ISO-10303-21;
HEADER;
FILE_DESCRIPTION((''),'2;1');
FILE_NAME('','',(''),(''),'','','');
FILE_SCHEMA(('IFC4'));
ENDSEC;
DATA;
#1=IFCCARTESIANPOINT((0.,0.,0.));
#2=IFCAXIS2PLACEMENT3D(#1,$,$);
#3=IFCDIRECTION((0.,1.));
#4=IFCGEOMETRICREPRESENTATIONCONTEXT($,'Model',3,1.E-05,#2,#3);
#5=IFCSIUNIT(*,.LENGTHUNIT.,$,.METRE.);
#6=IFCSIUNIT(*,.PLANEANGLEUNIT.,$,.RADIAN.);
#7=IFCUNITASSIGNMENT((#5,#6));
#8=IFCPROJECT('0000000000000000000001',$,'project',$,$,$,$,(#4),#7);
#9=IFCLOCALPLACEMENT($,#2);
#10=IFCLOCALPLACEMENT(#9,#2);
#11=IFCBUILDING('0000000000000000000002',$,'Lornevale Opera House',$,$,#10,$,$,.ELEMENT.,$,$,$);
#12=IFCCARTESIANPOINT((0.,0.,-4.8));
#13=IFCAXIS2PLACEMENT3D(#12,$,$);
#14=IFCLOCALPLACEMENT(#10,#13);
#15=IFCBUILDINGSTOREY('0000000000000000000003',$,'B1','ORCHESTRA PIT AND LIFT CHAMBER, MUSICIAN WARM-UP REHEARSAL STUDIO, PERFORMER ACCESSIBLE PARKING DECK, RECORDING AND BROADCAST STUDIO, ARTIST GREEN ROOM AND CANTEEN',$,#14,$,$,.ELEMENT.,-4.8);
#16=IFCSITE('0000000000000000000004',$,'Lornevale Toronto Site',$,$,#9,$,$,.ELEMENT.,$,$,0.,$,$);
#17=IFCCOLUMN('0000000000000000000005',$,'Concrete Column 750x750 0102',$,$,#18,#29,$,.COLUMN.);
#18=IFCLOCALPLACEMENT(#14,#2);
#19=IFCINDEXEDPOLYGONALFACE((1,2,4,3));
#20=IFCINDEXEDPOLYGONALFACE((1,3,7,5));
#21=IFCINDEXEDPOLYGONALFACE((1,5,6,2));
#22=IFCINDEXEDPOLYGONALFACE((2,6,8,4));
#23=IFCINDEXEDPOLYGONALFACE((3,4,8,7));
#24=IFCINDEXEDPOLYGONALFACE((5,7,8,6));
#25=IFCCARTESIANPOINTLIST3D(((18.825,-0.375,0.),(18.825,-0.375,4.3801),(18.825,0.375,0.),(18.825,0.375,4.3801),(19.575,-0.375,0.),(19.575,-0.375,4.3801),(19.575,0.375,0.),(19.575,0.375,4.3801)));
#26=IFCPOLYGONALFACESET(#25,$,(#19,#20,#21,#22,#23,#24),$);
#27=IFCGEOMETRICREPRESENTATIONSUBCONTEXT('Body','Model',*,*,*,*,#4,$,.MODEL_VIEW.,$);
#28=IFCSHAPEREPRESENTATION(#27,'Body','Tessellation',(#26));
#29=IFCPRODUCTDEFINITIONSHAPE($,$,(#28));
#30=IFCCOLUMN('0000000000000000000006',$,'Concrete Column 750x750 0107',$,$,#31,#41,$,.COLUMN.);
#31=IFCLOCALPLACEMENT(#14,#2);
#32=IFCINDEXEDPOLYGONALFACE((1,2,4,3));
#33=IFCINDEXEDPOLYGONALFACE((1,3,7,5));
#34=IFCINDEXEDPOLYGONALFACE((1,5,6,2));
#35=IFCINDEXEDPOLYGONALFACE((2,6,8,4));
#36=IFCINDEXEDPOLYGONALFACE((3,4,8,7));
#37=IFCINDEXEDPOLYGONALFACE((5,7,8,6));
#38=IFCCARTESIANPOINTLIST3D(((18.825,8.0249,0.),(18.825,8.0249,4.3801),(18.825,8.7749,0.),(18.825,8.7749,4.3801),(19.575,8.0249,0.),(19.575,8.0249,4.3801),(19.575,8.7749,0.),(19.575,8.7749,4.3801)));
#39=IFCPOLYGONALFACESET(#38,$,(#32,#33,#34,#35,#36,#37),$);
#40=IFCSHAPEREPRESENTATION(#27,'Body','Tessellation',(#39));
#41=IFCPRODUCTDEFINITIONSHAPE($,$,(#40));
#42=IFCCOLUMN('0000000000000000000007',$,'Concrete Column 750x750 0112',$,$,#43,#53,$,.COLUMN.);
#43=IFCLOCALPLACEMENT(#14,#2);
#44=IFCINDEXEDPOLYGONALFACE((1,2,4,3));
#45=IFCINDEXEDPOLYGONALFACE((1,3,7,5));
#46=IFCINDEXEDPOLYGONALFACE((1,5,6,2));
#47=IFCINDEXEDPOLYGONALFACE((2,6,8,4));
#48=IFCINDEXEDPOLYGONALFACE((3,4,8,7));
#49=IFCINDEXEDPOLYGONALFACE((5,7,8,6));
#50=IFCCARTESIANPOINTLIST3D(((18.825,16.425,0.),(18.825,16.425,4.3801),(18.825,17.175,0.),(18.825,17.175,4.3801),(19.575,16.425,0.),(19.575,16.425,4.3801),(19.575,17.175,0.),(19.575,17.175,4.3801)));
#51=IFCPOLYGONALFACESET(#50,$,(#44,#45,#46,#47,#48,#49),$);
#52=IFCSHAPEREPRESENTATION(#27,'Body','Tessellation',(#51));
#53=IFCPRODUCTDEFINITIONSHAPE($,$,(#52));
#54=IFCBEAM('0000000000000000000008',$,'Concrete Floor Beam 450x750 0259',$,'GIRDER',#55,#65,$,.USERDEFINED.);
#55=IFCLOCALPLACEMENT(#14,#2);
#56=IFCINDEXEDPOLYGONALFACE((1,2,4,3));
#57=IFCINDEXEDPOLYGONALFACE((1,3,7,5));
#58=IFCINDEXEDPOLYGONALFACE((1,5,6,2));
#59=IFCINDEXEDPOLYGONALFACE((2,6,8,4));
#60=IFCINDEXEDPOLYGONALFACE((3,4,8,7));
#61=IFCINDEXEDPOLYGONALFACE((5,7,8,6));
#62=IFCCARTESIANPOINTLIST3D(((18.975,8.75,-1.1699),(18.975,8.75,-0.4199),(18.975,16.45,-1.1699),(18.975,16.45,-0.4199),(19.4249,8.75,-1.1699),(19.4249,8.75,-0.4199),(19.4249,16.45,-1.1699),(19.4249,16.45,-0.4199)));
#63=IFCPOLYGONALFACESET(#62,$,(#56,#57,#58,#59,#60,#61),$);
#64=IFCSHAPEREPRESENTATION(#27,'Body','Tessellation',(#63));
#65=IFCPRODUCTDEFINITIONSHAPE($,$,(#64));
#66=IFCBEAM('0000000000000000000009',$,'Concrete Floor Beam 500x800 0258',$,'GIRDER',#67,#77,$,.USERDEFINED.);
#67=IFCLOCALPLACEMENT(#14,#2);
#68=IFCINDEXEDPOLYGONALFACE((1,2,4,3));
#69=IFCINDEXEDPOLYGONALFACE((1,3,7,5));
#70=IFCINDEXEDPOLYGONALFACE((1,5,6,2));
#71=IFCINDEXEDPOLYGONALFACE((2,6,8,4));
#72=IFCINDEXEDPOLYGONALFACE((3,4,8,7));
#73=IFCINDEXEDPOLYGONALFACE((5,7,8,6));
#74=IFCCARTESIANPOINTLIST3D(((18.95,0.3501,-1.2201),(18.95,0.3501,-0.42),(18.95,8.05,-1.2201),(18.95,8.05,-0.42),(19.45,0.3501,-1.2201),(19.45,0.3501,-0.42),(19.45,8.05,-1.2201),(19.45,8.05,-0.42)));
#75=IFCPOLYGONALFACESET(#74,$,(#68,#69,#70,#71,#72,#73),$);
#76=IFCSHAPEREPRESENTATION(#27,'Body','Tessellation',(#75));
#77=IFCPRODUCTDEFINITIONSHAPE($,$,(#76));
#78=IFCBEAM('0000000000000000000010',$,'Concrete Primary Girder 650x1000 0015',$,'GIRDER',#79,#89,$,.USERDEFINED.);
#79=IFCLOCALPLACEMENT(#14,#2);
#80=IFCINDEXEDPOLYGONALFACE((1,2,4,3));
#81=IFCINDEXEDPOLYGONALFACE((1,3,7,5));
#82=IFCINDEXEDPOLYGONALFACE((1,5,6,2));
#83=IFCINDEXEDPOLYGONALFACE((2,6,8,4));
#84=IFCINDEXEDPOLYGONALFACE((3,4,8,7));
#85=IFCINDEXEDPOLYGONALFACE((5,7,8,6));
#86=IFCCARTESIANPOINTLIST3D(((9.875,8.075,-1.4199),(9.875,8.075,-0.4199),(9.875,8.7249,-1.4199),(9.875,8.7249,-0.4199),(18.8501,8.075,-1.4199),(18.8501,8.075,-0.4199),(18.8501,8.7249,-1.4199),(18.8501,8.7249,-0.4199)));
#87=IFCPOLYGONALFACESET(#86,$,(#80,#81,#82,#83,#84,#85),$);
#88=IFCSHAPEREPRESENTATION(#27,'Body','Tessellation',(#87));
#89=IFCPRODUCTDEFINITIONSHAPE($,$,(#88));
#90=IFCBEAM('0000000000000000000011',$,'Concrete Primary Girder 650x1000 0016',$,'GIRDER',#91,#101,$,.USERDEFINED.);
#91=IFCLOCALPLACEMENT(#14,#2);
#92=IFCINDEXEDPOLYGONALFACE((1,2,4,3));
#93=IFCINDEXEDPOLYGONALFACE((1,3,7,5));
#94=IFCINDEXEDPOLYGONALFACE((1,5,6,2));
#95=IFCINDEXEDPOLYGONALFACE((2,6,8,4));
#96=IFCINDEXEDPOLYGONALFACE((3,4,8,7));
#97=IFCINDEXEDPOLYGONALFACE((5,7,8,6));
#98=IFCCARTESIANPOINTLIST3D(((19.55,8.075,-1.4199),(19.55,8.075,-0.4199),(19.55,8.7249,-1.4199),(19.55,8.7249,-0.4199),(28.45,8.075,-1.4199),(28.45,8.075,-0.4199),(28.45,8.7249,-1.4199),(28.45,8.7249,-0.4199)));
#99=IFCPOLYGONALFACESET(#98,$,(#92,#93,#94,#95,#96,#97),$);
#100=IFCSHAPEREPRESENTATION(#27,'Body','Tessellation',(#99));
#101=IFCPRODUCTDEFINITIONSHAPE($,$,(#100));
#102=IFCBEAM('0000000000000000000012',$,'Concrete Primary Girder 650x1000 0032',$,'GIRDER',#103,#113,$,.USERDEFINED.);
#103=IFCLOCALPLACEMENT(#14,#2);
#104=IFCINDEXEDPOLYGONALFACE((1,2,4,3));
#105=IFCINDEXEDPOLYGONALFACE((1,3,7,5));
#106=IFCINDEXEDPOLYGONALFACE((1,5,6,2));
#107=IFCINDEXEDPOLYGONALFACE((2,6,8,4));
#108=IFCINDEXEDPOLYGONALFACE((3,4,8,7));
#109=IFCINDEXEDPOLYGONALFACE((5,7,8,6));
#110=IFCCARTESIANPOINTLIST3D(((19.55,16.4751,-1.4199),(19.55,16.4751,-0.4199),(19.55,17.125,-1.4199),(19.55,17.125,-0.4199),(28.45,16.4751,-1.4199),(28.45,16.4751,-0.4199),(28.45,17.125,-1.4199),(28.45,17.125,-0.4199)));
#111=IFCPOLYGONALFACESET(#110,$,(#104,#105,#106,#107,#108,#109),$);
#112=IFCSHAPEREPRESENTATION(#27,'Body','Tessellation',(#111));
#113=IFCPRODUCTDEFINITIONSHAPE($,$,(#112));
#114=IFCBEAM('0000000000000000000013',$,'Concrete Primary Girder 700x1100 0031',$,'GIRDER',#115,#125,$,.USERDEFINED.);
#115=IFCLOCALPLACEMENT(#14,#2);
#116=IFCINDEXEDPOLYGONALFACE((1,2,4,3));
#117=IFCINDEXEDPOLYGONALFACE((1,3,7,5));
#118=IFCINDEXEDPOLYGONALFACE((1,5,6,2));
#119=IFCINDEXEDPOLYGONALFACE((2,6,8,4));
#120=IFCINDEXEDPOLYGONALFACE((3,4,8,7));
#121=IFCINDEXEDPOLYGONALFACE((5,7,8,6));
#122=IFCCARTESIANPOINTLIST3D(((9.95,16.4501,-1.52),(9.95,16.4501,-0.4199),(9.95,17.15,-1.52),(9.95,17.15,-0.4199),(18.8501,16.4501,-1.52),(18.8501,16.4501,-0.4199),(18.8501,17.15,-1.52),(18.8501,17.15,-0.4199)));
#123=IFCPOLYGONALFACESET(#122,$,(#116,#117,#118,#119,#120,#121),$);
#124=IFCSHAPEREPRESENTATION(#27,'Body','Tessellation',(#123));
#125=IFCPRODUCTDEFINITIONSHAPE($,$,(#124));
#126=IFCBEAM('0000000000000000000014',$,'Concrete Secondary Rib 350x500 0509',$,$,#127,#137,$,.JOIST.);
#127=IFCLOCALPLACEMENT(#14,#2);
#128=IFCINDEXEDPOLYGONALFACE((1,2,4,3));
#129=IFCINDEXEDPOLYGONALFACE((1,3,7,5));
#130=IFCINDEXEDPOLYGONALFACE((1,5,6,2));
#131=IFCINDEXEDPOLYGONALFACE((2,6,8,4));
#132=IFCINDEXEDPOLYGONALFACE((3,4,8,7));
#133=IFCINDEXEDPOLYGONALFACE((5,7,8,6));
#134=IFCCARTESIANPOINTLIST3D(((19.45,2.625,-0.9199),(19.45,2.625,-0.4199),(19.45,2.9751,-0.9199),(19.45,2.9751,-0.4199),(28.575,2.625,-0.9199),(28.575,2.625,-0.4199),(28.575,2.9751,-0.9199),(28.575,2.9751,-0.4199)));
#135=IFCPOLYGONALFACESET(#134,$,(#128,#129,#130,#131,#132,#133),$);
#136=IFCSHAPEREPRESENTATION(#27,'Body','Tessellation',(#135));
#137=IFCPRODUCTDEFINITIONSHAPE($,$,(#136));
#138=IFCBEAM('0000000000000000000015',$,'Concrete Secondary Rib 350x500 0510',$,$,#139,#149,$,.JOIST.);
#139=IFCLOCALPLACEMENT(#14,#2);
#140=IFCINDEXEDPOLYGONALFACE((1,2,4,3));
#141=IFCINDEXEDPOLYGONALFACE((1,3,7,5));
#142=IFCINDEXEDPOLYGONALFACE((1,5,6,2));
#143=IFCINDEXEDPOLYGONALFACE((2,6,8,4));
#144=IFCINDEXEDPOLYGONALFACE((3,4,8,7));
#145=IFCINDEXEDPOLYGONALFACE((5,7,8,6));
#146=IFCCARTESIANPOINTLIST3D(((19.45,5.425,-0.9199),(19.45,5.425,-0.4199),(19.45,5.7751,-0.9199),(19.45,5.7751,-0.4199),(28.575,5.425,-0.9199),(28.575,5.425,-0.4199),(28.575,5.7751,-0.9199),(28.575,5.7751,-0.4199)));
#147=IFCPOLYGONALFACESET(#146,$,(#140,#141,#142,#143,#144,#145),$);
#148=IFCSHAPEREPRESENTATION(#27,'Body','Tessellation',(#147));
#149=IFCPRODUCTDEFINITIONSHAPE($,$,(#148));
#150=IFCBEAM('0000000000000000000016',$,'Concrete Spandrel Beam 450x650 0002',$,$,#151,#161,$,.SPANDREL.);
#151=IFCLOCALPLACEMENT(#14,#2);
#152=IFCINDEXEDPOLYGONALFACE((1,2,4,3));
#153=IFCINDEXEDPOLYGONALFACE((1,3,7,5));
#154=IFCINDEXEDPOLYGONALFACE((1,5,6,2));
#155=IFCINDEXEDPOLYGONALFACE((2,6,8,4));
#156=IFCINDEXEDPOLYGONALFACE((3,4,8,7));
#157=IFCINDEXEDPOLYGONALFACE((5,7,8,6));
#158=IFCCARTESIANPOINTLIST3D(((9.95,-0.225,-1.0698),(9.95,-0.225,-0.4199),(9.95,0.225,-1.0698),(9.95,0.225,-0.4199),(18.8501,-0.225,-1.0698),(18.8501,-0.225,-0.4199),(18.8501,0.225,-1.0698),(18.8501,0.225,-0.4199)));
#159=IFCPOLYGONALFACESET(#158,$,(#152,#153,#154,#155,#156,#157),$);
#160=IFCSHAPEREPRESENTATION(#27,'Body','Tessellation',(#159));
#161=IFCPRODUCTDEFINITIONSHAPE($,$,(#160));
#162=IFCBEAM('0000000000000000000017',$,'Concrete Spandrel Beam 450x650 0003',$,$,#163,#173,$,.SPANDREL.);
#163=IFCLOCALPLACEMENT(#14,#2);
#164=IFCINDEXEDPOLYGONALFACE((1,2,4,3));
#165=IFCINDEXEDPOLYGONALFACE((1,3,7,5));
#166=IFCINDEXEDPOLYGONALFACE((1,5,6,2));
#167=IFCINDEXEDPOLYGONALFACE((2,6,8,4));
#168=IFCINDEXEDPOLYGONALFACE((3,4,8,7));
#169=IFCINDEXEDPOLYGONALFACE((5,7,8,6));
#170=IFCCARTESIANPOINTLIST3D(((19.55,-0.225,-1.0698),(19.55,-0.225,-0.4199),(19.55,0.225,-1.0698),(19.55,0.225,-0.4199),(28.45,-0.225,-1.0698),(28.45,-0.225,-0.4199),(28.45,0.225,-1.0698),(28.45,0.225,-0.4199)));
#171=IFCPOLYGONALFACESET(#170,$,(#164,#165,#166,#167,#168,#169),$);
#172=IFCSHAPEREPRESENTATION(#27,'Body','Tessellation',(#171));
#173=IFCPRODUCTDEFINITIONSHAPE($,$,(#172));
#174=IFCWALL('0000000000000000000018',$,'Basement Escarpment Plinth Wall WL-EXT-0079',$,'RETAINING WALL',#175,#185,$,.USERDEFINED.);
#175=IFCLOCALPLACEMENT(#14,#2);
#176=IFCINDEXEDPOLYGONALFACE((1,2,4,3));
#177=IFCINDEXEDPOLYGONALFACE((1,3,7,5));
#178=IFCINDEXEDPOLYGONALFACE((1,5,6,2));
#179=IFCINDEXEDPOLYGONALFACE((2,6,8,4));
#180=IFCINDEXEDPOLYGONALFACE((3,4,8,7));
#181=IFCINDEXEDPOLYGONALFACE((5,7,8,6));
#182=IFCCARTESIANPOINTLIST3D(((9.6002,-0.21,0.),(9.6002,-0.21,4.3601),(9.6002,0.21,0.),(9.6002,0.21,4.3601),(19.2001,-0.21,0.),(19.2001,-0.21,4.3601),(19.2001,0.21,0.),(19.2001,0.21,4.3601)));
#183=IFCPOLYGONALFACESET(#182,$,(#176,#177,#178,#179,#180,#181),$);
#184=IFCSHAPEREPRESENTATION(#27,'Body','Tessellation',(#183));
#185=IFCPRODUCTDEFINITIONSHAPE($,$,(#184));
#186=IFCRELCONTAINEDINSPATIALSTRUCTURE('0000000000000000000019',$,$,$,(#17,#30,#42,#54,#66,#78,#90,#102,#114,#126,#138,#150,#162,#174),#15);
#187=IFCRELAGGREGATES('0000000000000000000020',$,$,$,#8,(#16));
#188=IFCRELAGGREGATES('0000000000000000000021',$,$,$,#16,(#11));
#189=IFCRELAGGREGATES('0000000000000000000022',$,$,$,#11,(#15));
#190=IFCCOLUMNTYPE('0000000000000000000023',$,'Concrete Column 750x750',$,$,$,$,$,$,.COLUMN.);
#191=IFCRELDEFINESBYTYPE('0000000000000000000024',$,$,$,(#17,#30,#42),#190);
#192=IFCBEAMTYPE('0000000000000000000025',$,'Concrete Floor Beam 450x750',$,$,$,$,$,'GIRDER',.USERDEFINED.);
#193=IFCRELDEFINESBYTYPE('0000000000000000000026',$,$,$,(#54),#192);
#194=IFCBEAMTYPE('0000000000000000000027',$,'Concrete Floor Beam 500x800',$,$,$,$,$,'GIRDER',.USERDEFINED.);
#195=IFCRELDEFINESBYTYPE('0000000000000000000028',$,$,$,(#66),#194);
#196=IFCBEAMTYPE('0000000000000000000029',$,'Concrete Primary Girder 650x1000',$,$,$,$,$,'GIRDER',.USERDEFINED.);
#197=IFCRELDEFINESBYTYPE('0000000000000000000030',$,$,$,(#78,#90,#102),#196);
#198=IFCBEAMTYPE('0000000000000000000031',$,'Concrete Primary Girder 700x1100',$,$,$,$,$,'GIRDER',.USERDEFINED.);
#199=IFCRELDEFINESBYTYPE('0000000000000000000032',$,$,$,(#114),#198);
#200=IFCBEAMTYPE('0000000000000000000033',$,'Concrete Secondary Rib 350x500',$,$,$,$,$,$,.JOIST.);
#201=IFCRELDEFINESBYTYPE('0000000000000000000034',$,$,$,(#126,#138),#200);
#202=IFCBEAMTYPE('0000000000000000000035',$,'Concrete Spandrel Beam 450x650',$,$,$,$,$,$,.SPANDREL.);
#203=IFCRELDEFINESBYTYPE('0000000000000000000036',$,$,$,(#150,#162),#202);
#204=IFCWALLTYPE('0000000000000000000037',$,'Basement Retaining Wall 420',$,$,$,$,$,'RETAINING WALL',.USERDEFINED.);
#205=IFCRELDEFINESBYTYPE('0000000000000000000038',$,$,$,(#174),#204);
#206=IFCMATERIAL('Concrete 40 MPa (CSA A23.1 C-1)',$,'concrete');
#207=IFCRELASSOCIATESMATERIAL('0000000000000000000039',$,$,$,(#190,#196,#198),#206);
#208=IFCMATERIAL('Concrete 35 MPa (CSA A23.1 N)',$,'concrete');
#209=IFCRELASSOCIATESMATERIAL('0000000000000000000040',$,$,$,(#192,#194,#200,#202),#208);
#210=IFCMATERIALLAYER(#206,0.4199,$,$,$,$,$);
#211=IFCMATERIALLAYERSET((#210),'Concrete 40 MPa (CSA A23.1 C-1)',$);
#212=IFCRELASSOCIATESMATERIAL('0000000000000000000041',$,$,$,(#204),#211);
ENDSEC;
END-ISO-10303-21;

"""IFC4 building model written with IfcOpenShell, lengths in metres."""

from ifc_helpers import new_model, si_unit, direction, frame, frame_2d, origin, origin_2d, place, context, subcontext, project, spatial, rectangle, extrude, material, layer, layer_set, material_profile, profile_set, type_object, element, save


model = new_model("IFC4")

# Units and contexts
model_context = context("Model", 3, precision=1e-05, world=origin(), true_north=direction((0.0, 1.0)))
body_context = subcontext(model_context, "Body", "Model", "MODEL_VIEW")
ifc_project = project(units=[si_unit("LENGTHUNIT", "METRE"), si_unit("PLANEANGLEUNIT", "RADIAN")], contexts=[model_context])

# Site, building, storey
site_placement = place(None, origin())
site = spatial("IfcSite", under=ifc_project, at=site_placement, Name="Lornevale Toronto Site", CompositionType="ELEMENT", RefElevation=0.0)
building_placement = place(site_placement, origin())
building = spatial("IfcBuilding", under=site, at=building_placement, Name="Lornevale Opera House", CompositionType="ELEMENT")
storey_placement = place(building_placement, frame((0.0, 0.0, -4.8)))
storey = spatial("IfcBuildingStorey", under=building, at=storey_placement, Name="B1", Description="ORCHESTRA PIT AND LIFT CHAMBER, MUSICIAN WARM-UP REHEARSAL STUDIO, PERFORMER ACCESSIBLE PARKING DECK, RECORDING AND BROADCAST STUDIO, ARTIST GREEN ROOM AND CANTEEN", CompositionType="ELEMENT", Elevation=-4.8)

# Columns
ifc_material_1 = material(Name="Concrete 40 MPa (CSA A23.1 C-1)", Category="concrete")
ifc_material_profile_1 = material_profile(ifc_material_1, rectangle(XDim=0.75, YDim=0.75, at=origin_2d()), Name="RC750x750")
ifc_profile_set_1 = profile_set([ifc_material_profile_1], Name="Concrete 40 MPa (CSA A23.1 C-1)")
column_type = type_object("IfcColumnType", Name="Concrete Column 750x750", PredefinedType="COLUMN", material=ifc_profile_set_1)
for number, where, z_axis, x_axis, name in (
    (1, (19.2, 0.0, 0.0), (0.0, 0.0, 1.0), (1.0, 0.0, 0.0), "Concrete Column 750x750 0102"),
    (2, (19.2, 8.3999, 0.0), (0.0, 0.0, 1.0), (1.0, 0.0, 0.0), "Concrete Column 750x750 0107"),
    (3, (19.2, 16.8, 0.0), (0.0, 0.0, 1.0), (1.0, 0.0, 0.0), "Concrete Column 750x750 0112"),
):
    element("IfcColumn", number, at=place(storey_placement, frame(where, z_axis=z_axis, x_axis=x_axis)), inside=storey, type_object=column_type, Name=name, PredefinedType="COLUMN", context=body_context, shape_type="SweptSolid", body=[
        extrude(rectangle(XDim=0.75, YDim=0.75, at=origin_2d()), origin(), (0.0, 0.0, 1.0), 4.3801),
    ])

# Beams
ifc_material_2 = material(Name="Concrete 35 MPa (CSA A23.1 N)", Category="concrete")
ifc_material_profile_2 = material_profile(ifc_material_2, rectangle(XDim=0.45, YDim=0.75, at=origin_2d()), Name="RC450x750")
ifc_profile_set_2 = profile_set([ifc_material_profile_2], Name="Concrete 35 MPa (CSA A23.1 N)")
beam_type_1 = type_object("IfcBeamType", Name="Concrete Floor Beam 450x750", ElementType="GIRDER", PredefinedType="USERDEFINED", material=ifc_profile_set_2)
beam_1_placement = place(storey_placement, frame((19.2, 8.75, -0.7949), z_axis=(0.0, 1.0, 0.0), x_axis=(-1.0, 0.0, 0.0)))
element("IfcBeam", 4, at=beam_1_placement, inside=storey, type_object=beam_type_1, Name="Concrete Floor Beam 450x750 0259", ObjectType="GIRDER", PredefinedType="USERDEFINED", context=body_context, shape_type="SweptSolid", body=[
    extrude(rectangle(XDim=0.45, YDim=0.75, at=origin_2d()), origin(), (0.0, 0.0, 1.0), 7.7),
])
ifc_material_profile_3 = material_profile(ifc_material_2, rectangle(XDim=0.5, YDim=0.8, at=origin_2d()), Name="RC500x800")
ifc_profile_set_3 = profile_set([ifc_material_profile_3], Name="Concrete 35 MPa (CSA A23.1 N)")
beam_type_2 = type_object("IfcBeamType", Name="Concrete Floor Beam 500x800", ElementType="GIRDER", PredefinedType="USERDEFINED", material=ifc_profile_set_3)
beam_2_placement = place(storey_placement, frame((19.2, 0.3501, -0.8201), z_axis=(0.0, 1.0, 0.0), x_axis=(-1.0, 0.0, 0.0)))
element("IfcBeam", 5, at=beam_2_placement, inside=storey, type_object=beam_type_2, Name="Concrete Floor Beam 500x800 0258", ObjectType="GIRDER", PredefinedType="USERDEFINED", context=body_context, shape_type="SweptSolid", body=[
    extrude(rectangle(XDim=0.5, YDim=0.8, at=origin_2d()), origin(), (0.0, 0.0, 1.0), 7.7),
])
ifc_material_profile_4 = material_profile(ifc_material_1, rectangle(XDim=0.6499, YDim=1.0, at=origin_2d()), Name="RC650x1000")
ifc_profile_set_4 = profile_set([ifc_material_profile_4], Name="Concrete 40 MPa (CSA A23.1 C-1)")
beam_type_3 = type_object("IfcBeamType", Name="Concrete Primary Girder 650x1000", ElementType="GIRDER", PredefinedType="USERDEFINED", material=ifc_profile_set_4)
beam_3_placement = place(storey_placement, frame((9.875, 8.3999, -0.9199), z_axis=(1.0, 0.0, 0.0), x_axis=(0.0, 1.0, 0.0)))
element("IfcBeam", 6, at=beam_3_placement, inside=storey, type_object=beam_type_3, Name="Concrete Primary Girder 650x1000 0015", ObjectType="GIRDER", PredefinedType="USERDEFINED", context=body_context, shape_type="SweptSolid", body=[
    extrude(rectangle(XDim=0.6499, YDim=1.0, at=origin_2d()), origin(), (0.0, 0.0, 1.0), 8.9751),
])
for number, where, z_axis, x_axis, name in (
    (7, (19.55, 8.3999, -0.9199), (1.0, 0.0, 0.0), (0.0, 1.0, 0.0), "Concrete Primary Girder 650x1000 0016"),
    (8, (19.55, 16.8, -0.9199), (1.0, 0.0, 0.0), (0.0, 1.0, 0.0), "Concrete Primary Girder 650x1000 0032"),
):
    element("IfcBeam", number, at=place(storey_placement, frame(where, z_axis=z_axis, x_axis=x_axis)), inside=storey, type_object=beam_type_3, Name=name, ObjectType="GIRDER", PredefinedType="USERDEFINED", context=body_context, shape_type="SweptSolid", body=[
        extrude(rectangle(XDim=0.6499, YDim=1.0, at=origin_2d()), origin(), (0.0, 0.0, 1.0), 8.8999),
    ])
ifc_material_profile_5 = material_profile(ifc_material_1, rectangle(XDim=0.7, YDim=1.1001, at=origin_2d()), Name="RC700x1100")
ifc_profile_set_5 = profile_set([ifc_material_profile_5], Name="Concrete 40 MPa (CSA A23.1 C-1)")
beam_type_4 = type_object("IfcBeamType", Name="Concrete Primary Girder 700x1100", ElementType="GIRDER", PredefinedType="USERDEFINED", material=ifc_profile_set_5)
beam_4_placement = place(storey_placement, frame((9.95, 16.8, -0.97), z_axis=(1.0, 0.0, 0.0), x_axis=(0.0, 1.0, 0.0)))
element("IfcBeam", 9, at=beam_4_placement, inside=storey, type_object=beam_type_4, Name="Concrete Primary Girder 700x1100 0031", ObjectType="GIRDER", PredefinedType="USERDEFINED", context=body_context, shape_type="SweptSolid", body=[
    extrude(rectangle(XDim=0.7, YDim=1.1001, at=origin_2d()), origin(), (0.0, 0.0, 1.0), 8.9001),
])
ifc_material_profile_6 = material_profile(ifc_material_2, rectangle(XDim=0.3501, YDim=0.5, at=origin_2d()), Name="RC350x500")
ifc_profile_set_6 = profile_set([ifc_material_profile_6], Name="Concrete 35 MPa (CSA A23.1 N)")
beam_type_5 = type_object("IfcBeamType", Name="Concrete Secondary Rib 350x500", PredefinedType="JOIST", material=ifc_profile_set_6)
for number, where, z_axis, x_axis, name in (
    (10, (19.45, 2.8, -0.6699), (1.0, 0.0, 0.0), (0.0, 1.0, 0.0), "Concrete Secondary Rib 350x500 0509"),
    (11, (19.45, 5.6001, -0.6699), (1.0, 0.0, 0.0), (0.0, 1.0, 0.0), "Concrete Secondary Rib 350x500 0510"),
):
    element("IfcBeam", number, at=place(storey_placement, frame(where, z_axis=z_axis, x_axis=x_axis)), inside=storey, type_object=beam_type_5, Name=name, PredefinedType="JOIST", context=body_context, shape_type="SweptSolid", body=[
        extrude(rectangle(XDim=0.3501, YDim=0.5, at=origin_2d()), origin(), (0.0, 0.0, 1.0), 9.125),
    ])
ifc_material_profile_7 = material_profile(ifc_material_2, rectangle(XDim=0.45, YDim=0.6499, at=origin_2d()), Name="RC450x650")
ifc_profile_set_7 = profile_set([ifc_material_profile_7], Name="Concrete 35 MPa (CSA A23.1 N)")
beam_type_6 = type_object("IfcBeamType", Name="Concrete Spandrel Beam 450x650", PredefinedType="SPANDREL", material=ifc_profile_set_7)
beam_5_placement = place(storey_placement, frame((9.95, 0.0, -0.7449), z_axis=(1.0, 0.0, 0.0), x_axis=(0.0, 1.0, 0.0)))
element("IfcBeam", 12, at=beam_5_placement, inside=storey, type_object=beam_type_6, Name="Concrete Spandrel Beam 450x650 0002", PredefinedType="SPANDREL", context=body_context, shape_type="SweptSolid", body=[
    extrude(rectangle(XDim=0.45, YDim=0.6499, at=origin_2d()), origin(), (0.0, 0.0, 1.0), 8.9001),
])
beam_6_placement = place(storey_placement, frame((19.55, 0.0, -0.7449), z_axis=(1.0, 0.0, 0.0), x_axis=(0.0, 1.0, 0.0)))
element("IfcBeam", 13, at=beam_6_placement, inside=storey, type_object=beam_type_6, Name="Concrete Spandrel Beam 450x650 0003", PredefinedType="SPANDREL", context=body_context, shape_type="SweptSolid", body=[
    extrude(rectangle(XDim=0.45, YDim=0.6499, at=origin_2d()), origin(), (0.0, 0.0, 1.0), 8.8999),
])

# Wall
ifc_layer_1 = layer(ifc_material_1, 0.4199)
ifc_layer_set_1 = layer_set([ifc_layer_1], Name="Concrete 40 MPa (CSA A23.1 C-1)")
wall_type_1 = type_object("IfcWallType", Name="Basement Retaining Wall 420", ElementType="RETAINING WALL", PredefinedType="USERDEFINED", material=ifc_layer_set_1)
wall_1_placement = place(storey_placement, frame((19.2, 0.0, 0.0), z_axis=(0.0, 0.0, 1.0), x_axis=(-1.0, 0.0, 0.0)))
element("IfcWall", 14, at=wall_1_placement, inside=storey, type_object=wall_type_1, Name="Basement Escarpment Plinth Wall WL-EXT-0079", ObjectType="RETAINING WALL", PredefinedType="USERDEFINED", context=body_context, shape_type="SweptSolid", body=[
    extrude(rectangle(XDim=9.5999, YDim=0.4199, at=frame_2d((4.7998, 0.0))), origin(), (0.0, 0.0, 1.0), 4.3601),
])

save(model, "model.ifc")
